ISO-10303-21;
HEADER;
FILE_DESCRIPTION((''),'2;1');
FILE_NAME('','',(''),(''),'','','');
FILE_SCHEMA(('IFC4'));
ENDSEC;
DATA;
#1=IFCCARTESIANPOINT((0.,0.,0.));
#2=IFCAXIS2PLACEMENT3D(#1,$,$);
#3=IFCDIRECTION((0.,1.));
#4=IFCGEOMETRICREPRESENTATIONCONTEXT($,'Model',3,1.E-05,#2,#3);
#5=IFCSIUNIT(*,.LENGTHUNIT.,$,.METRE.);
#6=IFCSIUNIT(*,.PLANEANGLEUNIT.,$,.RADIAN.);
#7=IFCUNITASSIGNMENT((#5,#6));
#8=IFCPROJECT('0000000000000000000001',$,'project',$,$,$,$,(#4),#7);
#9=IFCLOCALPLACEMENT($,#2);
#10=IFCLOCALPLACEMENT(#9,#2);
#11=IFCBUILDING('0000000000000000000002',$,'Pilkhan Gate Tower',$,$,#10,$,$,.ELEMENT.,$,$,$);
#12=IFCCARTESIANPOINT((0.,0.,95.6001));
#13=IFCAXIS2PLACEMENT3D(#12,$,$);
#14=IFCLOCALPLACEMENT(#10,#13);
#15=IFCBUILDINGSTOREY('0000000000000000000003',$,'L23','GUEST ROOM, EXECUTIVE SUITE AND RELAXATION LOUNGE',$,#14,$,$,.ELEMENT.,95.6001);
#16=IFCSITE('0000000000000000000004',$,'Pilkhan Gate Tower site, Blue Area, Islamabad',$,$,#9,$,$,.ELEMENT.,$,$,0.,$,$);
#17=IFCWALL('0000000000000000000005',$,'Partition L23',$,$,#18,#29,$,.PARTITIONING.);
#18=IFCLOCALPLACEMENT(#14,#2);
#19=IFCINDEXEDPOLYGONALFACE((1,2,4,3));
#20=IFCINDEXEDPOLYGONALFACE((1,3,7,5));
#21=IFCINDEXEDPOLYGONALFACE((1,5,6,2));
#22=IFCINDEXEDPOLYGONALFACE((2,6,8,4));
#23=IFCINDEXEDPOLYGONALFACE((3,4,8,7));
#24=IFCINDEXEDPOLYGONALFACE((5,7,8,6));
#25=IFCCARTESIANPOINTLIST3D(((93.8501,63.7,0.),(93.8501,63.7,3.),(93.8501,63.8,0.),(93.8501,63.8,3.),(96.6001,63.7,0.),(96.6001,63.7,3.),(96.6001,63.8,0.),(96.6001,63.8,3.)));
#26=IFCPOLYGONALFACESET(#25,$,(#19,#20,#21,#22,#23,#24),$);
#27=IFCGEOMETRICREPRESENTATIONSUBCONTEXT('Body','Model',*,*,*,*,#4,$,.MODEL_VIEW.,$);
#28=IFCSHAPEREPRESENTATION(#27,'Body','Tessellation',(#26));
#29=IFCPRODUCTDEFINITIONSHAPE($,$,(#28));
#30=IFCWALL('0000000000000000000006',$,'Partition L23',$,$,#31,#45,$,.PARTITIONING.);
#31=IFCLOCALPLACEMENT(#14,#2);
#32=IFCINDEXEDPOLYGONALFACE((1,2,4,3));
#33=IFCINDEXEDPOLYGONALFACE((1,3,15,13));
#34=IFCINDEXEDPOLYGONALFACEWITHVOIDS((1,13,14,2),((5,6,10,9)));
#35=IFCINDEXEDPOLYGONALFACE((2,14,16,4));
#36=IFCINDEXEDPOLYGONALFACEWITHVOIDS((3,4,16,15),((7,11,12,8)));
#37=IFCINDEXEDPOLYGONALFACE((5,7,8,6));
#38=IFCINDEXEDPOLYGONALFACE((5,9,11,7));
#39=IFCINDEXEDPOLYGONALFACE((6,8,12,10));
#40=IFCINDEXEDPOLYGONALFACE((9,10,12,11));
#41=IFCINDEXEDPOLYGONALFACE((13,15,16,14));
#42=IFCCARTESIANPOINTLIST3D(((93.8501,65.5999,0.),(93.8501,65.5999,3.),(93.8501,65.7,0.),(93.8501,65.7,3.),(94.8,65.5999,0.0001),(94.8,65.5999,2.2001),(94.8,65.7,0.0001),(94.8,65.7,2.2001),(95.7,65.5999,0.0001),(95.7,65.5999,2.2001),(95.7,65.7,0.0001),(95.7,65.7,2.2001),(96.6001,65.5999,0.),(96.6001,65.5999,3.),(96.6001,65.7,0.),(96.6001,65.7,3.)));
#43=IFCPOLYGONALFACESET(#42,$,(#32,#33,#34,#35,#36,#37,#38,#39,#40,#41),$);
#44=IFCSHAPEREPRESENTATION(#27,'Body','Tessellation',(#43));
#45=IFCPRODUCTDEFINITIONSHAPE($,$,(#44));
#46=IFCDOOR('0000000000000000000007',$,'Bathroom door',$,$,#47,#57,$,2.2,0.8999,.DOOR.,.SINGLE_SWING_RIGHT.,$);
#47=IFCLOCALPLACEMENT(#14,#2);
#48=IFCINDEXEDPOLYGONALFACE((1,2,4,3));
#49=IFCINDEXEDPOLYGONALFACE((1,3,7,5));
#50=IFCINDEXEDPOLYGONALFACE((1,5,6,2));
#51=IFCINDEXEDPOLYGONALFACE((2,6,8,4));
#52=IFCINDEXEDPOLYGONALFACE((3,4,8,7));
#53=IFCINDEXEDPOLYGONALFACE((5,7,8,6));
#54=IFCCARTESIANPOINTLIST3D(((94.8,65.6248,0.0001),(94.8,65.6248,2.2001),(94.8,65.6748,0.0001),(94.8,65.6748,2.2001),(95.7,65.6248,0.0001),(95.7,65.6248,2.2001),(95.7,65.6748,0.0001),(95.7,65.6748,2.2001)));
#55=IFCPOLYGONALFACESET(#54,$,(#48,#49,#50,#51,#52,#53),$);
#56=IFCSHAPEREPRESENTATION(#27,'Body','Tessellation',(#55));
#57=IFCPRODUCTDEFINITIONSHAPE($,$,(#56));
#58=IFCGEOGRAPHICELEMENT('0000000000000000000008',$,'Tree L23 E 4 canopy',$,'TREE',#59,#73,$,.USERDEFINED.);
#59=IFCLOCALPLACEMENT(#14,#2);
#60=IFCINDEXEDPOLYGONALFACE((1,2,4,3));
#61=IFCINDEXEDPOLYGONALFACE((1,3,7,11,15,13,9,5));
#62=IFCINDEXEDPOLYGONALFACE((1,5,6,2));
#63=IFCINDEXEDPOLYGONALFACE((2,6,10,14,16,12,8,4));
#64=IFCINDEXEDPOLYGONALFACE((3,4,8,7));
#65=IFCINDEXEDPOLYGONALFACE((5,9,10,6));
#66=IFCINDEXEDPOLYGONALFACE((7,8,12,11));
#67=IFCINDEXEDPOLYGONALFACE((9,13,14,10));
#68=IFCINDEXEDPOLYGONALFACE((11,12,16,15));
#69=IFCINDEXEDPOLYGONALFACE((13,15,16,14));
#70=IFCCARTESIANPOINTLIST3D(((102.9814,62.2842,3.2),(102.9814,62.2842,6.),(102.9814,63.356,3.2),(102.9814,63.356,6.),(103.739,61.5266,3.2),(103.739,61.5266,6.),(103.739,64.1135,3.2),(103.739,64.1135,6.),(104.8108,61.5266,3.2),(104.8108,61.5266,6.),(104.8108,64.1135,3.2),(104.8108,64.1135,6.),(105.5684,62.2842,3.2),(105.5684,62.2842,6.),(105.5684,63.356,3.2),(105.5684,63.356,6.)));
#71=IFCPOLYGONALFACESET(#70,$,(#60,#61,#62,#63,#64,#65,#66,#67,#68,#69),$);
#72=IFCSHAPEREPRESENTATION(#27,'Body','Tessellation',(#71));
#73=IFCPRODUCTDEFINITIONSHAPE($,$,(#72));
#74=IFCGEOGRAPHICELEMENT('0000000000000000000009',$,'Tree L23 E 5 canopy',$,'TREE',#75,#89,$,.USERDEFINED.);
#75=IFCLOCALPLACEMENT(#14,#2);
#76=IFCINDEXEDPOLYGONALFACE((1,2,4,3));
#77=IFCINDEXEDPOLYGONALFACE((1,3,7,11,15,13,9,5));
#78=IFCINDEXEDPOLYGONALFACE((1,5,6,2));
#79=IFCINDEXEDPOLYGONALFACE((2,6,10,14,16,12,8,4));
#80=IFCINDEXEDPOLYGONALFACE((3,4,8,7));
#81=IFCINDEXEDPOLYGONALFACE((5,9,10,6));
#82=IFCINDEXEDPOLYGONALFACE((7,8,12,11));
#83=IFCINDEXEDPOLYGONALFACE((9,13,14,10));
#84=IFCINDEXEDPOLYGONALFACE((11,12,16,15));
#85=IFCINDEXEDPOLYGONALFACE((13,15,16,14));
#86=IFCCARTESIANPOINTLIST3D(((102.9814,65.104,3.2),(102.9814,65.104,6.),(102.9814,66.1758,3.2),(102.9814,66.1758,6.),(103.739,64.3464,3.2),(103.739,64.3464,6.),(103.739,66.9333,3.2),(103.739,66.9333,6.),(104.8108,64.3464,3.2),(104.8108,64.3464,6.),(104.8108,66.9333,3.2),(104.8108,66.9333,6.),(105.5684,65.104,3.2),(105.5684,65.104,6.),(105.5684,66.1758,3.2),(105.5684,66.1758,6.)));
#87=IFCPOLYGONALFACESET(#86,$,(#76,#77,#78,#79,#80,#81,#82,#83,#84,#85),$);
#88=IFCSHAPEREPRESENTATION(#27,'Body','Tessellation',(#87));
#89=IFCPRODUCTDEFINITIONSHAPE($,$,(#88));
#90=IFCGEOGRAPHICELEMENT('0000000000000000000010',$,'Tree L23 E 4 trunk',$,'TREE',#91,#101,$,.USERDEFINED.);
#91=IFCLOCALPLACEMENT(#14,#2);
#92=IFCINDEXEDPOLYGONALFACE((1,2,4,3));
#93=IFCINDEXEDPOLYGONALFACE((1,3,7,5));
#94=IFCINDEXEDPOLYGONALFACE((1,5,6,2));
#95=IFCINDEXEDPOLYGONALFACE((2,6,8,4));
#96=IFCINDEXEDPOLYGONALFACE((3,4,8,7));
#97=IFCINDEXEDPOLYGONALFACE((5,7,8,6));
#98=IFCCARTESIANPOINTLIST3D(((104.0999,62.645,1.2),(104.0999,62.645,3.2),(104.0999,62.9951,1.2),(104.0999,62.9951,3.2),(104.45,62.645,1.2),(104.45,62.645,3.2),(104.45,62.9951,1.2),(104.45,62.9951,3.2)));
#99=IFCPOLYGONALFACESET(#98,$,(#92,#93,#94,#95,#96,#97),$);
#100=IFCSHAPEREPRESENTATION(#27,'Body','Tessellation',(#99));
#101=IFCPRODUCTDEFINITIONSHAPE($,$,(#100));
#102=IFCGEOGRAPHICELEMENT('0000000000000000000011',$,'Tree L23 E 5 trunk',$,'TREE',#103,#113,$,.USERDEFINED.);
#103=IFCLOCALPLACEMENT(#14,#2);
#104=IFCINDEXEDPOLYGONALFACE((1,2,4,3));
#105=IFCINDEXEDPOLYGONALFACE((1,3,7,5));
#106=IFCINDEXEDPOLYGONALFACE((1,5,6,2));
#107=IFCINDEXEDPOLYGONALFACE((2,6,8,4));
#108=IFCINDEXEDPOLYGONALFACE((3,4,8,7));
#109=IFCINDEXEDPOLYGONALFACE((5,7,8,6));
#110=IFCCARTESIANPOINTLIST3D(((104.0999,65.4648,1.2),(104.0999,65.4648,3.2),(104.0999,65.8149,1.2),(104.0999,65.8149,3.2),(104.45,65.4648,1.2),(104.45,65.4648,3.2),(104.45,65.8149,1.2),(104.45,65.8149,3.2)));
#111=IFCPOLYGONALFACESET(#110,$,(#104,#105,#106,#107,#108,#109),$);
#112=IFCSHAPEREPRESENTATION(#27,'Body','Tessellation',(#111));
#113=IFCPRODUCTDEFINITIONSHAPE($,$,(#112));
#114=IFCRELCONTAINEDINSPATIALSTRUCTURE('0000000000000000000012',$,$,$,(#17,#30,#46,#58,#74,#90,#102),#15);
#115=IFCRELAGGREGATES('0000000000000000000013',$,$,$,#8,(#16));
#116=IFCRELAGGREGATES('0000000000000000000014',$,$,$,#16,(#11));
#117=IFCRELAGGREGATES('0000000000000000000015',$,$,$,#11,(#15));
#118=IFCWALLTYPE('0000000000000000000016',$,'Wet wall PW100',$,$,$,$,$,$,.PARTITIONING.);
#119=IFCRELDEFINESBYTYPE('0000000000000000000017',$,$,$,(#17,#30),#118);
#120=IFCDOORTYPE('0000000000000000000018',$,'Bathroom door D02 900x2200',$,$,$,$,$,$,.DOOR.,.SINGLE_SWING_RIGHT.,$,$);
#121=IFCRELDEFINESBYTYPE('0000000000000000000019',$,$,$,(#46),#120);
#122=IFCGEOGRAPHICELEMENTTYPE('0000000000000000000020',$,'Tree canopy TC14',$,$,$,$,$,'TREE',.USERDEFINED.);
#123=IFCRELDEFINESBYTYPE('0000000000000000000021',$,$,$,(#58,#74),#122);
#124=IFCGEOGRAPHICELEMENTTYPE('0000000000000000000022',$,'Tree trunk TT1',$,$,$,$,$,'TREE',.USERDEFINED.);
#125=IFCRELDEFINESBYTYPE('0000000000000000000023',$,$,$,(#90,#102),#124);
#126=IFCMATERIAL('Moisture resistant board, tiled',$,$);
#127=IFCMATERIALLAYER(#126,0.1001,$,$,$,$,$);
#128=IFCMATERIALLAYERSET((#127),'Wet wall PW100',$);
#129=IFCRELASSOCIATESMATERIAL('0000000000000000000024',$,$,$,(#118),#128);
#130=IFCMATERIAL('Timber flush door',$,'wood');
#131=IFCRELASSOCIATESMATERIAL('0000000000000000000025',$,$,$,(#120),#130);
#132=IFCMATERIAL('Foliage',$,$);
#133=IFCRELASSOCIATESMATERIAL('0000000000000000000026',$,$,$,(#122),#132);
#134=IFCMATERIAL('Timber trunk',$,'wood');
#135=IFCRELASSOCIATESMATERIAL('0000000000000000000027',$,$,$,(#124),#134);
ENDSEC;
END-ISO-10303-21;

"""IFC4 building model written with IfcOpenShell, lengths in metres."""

from ifc_helpers import new_model, si_unit, direction, frame, frame_2d, origin, origin_2d, place, context, subcontext, project, spatial, polyline, rectangle, outline, extrude, material, layer, layer_set, material_profile, profile_set, type_object, element, fill, save


model = new_model("IFC4")

# Units and contexts
model_context = context("Model", 3, precision=1e-05, world=origin(), true_north=direction((0.0, 1.0)))
body_context = subcontext(model_context, "Body", "Model", "MODEL_VIEW")
ifc_project = project(units=[si_unit("LENGTHUNIT", "METRE"), si_unit("PLANEANGLEUNIT", "RADIAN")], contexts=[model_context])

# Site, building, storey
site_placement = place(None, origin())
site = spatial("IfcSite", under=ifc_project, at=site_placement, Name="Pilkhan Gate Tower site, Blue Area, Islamabad", CompositionType="ELEMENT", RefElevation=0.0)
building_placement = place(site_placement, origin())
building = spatial("IfcBuilding", under=site, at=building_placement, Name="Pilkhan Gate Tower", CompositionType="ELEMENT")
storey_placement = place(building_placement, frame((0.0, 0.0, 95.6001)))
storey = spatial("IfcBuildingStorey", under=building, at=storey_placement, Name="L23", Description="GUEST ROOM, EXECUTIVE SUITE AND RELAXATION LOUNGE", CompositionType="ELEMENT", Elevation=95.6001)

# Shared definitions
ifc_material_1 = material(Name="Moisture resistant board, tiled")
ifc_layer_1 = layer(ifc_material_1, 0.1001)
ifc_layer_set_1 = layer_set([ifc_layer_1], Name="Wet wall PW100")
wall_type_1 = type_object("IfcWallType", Name="Wet wall PW100", PredefinedType="PARTITIONING", material=ifc_layer_set_1)
ifc_material_2 = material(Name="Timber flush door", Category="wood")
door_type = type_object("IfcDoorType", Name="Bathroom door D02 900x2200", OperationType="SINGLE_SWING_RIGHT", PredefinedType="DOOR", material=ifc_material_2)

# Wall
wall_1_placement = place(storey_placement, frame((93.8501, 63.75, 0.0), z_axis=(0.0, 0.0, 1.0), x_axis=(1.0, 0.0, 0.0)))
element("IfcWall", 1, at=wall_1_placement, inside=storey, type_object=wall_type_1, Name="Partition L23", PredefinedType="PARTITIONING", context=body_context, shape_type="SweptSolid", body=[
    extrude(rectangle(XDim=2.75, YDim=0.1001, at=frame_2d((1.375, 0.0))), origin(), (0.0, 0.0, 1.0), 3.0),
])

# Wall, opening, door
wall_2_placement = place(storey_placement, frame((93.8501, 65.6499, 0.0), z_axis=(0.0, 0.0, 1.0), x_axis=(1.0, 0.0, 0.0)))
wall_2 = element("IfcWall", 2, at=wall_2_placement, inside=storey, type_object=wall_type_1, Name="Partition L23", PredefinedType="PARTITIONING", context=body_context, shape_type="SweptSolid", body=[
    extrude(rectangle(XDim=2.75, YDim=0.1001, at=frame_2d((1.375, 0.0))), origin(), (0.0, 0.0, 1.0), 3.0),
])
opening_1_placement = place(wall_2_placement, frame((0.95, 0.0, 0.0)))
opening_1 = element("IfcOpeningElement", 3, at=opening_1_placement, cuts=wall_2, PredefinedType="OPENING", context=body_context, shape_type="SweptSolid", body=[
    extrude(rectangle(XDim=0.8999, YDim=2.2, at=frame_2d((0.45, 1.1001))), frame((0.0, 0.0601, 0.0), z_axis=(0.0, -1.0, 0.0), x_axis=(1.0, 0.0, 0.0)), (0.0, 0.0, 1.0), 0.1201),
])
door_1_placement = place(opening_1_placement, origin())
door_1 = element("IfcDoor", 4, at=door_1_placement, inside=storey, type_object=door_type, Name="Bathroom door", OperationType="SINGLE_SWING_RIGHT", OverallHeight=2.2, OverallWidth=0.8999, PredefinedType="DOOR", context=body_context, shape_type="SweptSolid", body=[
    extrude(rectangle(XDim=0.8999, YDim=2.2, at=frame_2d((0.45, 1.1001))), frame((0.0, 0.0249, 0.0), z_axis=(0.0, -1.0, 0.0), x_axis=(1.0, 0.0, 0.0)), (0.0, 0.0, 1.0), 0.05),
])
fill(opening_1, door_1)

# Geographic elements
ifc_material_3 = material(Name="Foliage")
ifc_material_profile_1 = material_profile(ifc_material_3, outline(polyline([(1.2935, 0.5359), (0.5359, 1.2935), (-0.5359, 1.2935), (-1.2935, 0.5359), (-1.2935, -0.5359), (-0.5359, -1.2935), (0.5359, -1.2935), (1.2935, -0.5359), (1.2935, 0.5359)])), Name="Canopy D2.8")
ifc_profile_set_1 = profile_set([ifc_material_profile_1], Name="Foliage")
geographic_element_type_1 = type_object("IfcGeographicElementType", Name="Tree canopy TC14", ElementType="TREE", PredefinedType="USERDEFINED", material=ifc_profile_set_1)
for number, where, z_axis, x_axis, name in (
    (5, (104.2749, 62.8201, 3.2), (0.0, 0.0, 1.0), (1.0, 0.0, 0.0), "Tree L23 E 4 canopy"),
    (6, (104.2749, 65.6399, 3.2), (0.0, 0.0, 1.0), (1.0, 0.0, 0.0), "Tree L23 E 5 canopy"),
):
    element("IfcGeographicElement", number, at=place(storey_placement, frame(where, z_axis=z_axis, x_axis=x_axis)), inside=storey, type_object=geographic_element_type_1, Name=name, ObjectType="TREE", PredefinedType="USERDEFINED", context=body_context, shape_type="SweptSolid", body=[
        extrude(outline(polyline([(1.2935, 0.5359), (0.5359, 1.2935), (-0.5359, 1.2935), (-1.2935, 0.5359), (-1.2935, -0.5359), (-0.5359, -1.2935), (0.5359, -1.2935), (1.2935, -0.5359), (1.2935, 0.5359)])), origin(), (0.0, 0.0, 1.0), 2.8),
    ])
ifc_material_4 = material(Name="Timber trunk", Category="wood")
geographic_element_type_2 = type_object("IfcGeographicElementType", Name="Tree trunk TT1", ElementType="TREE", PredefinedType="USERDEFINED", material=ifc_material_4)
for number, where, z_axis, x_axis, name in (
    (7, (104.2749, 62.8201, 1.2), (0.0, 0.0, 1.0), (1.0, 0.0, 0.0), "Tree L23 E 4 trunk"),
    (8, (104.2749, 65.6399, 1.2), (0.0, 0.0, 1.0), (1.0, 0.0, 0.0), "Tree L23 E 5 trunk"),
):
    element("IfcGeographicElement", number, at=place(storey_placement, frame(where, z_axis=z_axis, x_axis=x_axis)), inside=storey, type_object=geographic_element_type_2, Name=name, ObjectType="TREE", PredefinedType="USERDEFINED", context=body_context, shape_type="SweptSolid", body=[
        extrude(rectangle(XDim=0.3501, YDim=0.3501, at=origin_2d()), origin(), (0.0, 0.0, 1.0), 2.0),
    ])

save(model, "model.ifc")
